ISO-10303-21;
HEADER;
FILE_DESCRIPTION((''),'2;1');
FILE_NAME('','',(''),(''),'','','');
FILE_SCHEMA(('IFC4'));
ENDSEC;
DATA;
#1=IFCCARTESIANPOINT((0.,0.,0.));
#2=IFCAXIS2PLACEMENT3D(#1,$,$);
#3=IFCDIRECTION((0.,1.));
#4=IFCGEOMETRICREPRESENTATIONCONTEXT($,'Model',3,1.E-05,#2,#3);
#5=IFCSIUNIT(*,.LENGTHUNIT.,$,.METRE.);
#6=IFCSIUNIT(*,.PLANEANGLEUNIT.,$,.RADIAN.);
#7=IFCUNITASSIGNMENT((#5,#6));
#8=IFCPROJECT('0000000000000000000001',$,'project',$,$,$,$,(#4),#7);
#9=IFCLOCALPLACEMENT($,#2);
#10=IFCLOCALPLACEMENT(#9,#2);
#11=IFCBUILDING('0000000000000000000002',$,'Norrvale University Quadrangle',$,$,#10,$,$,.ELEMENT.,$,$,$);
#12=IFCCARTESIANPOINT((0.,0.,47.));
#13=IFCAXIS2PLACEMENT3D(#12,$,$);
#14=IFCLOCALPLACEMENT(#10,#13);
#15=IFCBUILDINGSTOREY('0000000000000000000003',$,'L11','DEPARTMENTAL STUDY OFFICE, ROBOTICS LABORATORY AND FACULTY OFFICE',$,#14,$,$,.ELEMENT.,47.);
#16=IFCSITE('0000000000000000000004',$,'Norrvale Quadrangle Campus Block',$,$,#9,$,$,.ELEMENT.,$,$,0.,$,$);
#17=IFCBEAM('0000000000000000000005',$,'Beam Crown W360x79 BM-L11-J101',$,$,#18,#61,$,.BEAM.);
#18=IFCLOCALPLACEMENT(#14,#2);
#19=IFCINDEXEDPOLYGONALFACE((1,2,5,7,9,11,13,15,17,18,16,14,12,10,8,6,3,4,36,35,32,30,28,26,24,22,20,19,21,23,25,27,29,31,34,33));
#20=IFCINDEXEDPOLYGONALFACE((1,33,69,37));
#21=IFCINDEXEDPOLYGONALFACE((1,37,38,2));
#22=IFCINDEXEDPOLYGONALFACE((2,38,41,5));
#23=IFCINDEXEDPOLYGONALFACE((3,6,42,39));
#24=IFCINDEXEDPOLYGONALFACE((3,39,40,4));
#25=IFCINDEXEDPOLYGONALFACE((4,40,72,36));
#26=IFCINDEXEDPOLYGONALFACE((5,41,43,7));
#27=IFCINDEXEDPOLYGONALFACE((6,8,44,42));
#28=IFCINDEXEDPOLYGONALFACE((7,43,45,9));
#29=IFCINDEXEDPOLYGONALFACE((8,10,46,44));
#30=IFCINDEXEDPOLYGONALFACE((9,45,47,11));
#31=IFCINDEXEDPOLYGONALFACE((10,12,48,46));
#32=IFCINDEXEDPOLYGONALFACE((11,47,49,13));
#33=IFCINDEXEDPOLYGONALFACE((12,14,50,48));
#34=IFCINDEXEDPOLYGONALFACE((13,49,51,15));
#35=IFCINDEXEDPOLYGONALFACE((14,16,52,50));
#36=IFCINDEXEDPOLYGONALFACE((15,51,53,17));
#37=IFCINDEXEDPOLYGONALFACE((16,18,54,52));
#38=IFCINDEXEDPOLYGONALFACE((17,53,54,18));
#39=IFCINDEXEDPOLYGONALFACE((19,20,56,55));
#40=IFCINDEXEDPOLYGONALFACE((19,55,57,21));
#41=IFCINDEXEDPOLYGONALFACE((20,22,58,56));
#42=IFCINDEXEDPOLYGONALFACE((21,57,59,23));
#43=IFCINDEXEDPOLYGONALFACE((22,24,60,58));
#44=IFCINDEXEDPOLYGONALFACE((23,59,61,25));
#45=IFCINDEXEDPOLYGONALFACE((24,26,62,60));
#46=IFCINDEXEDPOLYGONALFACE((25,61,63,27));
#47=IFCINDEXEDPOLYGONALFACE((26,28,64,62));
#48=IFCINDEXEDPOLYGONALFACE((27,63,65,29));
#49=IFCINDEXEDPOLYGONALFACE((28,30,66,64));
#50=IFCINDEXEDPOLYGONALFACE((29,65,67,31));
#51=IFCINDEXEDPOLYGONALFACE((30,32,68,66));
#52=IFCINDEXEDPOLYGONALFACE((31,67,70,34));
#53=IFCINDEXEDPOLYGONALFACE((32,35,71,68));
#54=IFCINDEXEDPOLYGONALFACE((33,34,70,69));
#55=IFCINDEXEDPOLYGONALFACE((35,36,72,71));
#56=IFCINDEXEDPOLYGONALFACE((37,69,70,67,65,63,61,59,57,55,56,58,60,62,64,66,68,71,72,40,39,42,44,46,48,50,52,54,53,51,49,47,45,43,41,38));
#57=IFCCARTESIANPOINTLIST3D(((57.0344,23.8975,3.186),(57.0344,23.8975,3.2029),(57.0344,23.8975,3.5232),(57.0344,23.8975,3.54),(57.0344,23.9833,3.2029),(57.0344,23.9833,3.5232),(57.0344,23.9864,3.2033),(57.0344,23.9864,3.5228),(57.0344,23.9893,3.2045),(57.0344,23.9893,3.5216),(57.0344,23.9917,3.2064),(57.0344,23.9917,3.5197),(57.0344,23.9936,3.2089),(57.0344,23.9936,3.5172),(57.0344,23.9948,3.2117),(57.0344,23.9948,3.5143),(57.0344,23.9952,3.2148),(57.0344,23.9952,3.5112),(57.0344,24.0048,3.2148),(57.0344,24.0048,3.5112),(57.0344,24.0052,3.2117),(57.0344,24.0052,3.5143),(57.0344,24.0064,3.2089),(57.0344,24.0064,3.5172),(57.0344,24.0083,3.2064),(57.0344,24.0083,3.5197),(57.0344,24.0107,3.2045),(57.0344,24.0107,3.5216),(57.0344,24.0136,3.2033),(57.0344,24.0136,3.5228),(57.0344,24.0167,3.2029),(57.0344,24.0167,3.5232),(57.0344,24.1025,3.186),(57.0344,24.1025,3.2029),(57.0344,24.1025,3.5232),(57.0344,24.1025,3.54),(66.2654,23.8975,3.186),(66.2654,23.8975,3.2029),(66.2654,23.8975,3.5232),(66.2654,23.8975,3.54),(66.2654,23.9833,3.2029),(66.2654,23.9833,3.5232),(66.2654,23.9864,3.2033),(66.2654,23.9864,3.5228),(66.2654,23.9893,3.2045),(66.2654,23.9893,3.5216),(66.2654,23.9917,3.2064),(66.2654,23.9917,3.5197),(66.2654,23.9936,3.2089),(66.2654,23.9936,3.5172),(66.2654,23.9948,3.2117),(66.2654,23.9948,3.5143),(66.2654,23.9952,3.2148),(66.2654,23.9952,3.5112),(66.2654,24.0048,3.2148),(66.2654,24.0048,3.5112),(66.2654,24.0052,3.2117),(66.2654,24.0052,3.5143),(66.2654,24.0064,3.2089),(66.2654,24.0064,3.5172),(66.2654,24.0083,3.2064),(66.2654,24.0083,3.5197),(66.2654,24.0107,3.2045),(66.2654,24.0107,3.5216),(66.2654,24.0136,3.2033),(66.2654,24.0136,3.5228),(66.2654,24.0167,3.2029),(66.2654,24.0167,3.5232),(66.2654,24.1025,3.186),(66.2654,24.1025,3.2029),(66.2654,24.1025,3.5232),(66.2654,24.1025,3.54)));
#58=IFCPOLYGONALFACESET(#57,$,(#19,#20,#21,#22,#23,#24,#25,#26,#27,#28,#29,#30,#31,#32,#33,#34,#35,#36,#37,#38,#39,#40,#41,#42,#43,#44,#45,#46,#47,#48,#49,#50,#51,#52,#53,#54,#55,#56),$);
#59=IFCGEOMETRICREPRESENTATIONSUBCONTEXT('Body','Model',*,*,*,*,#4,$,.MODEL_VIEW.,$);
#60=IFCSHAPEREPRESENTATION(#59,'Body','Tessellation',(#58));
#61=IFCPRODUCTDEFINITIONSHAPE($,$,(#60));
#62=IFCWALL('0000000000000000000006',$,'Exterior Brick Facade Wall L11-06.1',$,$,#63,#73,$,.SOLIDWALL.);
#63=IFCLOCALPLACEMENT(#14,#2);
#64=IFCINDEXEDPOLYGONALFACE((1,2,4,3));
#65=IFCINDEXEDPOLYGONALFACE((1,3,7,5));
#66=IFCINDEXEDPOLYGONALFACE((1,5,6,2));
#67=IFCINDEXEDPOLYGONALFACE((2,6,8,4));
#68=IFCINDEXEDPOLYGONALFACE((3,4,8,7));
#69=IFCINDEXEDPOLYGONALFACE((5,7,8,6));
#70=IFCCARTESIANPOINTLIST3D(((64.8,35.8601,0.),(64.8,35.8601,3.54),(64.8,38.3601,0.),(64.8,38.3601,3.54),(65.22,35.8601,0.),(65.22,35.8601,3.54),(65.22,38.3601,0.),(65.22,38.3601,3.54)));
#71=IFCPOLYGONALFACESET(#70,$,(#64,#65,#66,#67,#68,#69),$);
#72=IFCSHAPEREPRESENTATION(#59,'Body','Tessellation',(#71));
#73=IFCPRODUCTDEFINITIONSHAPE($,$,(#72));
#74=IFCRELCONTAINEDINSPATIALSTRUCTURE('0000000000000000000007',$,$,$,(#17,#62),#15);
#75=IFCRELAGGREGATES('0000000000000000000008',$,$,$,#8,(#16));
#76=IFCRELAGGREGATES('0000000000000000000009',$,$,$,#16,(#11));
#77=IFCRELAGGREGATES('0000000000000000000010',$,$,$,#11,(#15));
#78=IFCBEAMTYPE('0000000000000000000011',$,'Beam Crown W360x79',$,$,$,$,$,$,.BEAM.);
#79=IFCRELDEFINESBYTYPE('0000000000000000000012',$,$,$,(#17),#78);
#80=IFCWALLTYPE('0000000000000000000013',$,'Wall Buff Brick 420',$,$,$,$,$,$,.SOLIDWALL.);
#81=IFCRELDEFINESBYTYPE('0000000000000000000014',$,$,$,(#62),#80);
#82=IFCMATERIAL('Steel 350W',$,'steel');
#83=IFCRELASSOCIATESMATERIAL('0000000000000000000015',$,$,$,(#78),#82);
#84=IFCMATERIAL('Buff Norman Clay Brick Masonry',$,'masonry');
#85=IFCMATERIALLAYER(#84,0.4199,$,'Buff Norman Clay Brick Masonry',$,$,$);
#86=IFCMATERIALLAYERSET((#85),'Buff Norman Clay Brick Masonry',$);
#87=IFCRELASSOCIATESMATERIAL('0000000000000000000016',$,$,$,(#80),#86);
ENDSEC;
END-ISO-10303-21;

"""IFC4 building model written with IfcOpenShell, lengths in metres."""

from ifc_helpers import new_model, si_unit, direction, frame, frame_2d, origin, origin_2d, place, context, subcontext, project, spatial, rectangle, i_section, extrude, material, layer, layer_set, material_profile, profile_set, type_object, element, save


model = new_model("IFC4")

# Units and contexts
model_context = context("Model", 3, precision=1e-05, world=origin(), true_north=direction((0.0, 1.0)))
body_context = subcontext(model_context, "Body", "Model", "MODEL_VIEW")
ifc_project = project(units=[si_unit("LENGTHUNIT", "METRE"), si_unit("PLANEANGLEUNIT", "RADIAN")], contexts=[model_context])

# Site, building, storey
site_placement = place(None, origin())
site = spatial("IfcSite", under=ifc_project, at=site_placement, Name="Norrvale Quadrangle Campus Block", CompositionType="ELEMENT", RefElevation=0.0)
building_placement = place(site_placement, origin())
building = spatial("IfcBuilding", under=site, at=building_placement, Name="Norrvale University Quadrangle", CompositionType="ELEMENT")
storey_placement = place(building_placement, frame((0.0, 0.0, 47.0)))
storey = spatial("IfcBuildingStorey", under=building, at=storey_placement, Name="L11", Description="DEPARTMENTAL STUDY OFFICE, ROBOTICS LABORATORY AND FACULTY OFFICE", CompositionType="ELEMENT", Elevation=47.0)

# Beam
ifc_material_1 = material(Name="Steel 350W", Category="steel")
ifc_material_profile_1 = material_profile(ifc_material_1, i_section(OverallWidth=0.2051, OverallDepth=0.354, WebThickness=0.0095, FlangeThickness=0.0168, FilletRadius=0.012, at=origin_2d()), Name="Steel 350W")
ifc_profile_set_1 = profile_set([ifc_material_profile_1], Name="Steel 350W")
beam_type_1 = type_object("IfcBeamType", Name="Beam Crown W360x79", PredefinedType="BEAM", material=ifc_profile_set_1)
for number, where, z_axis, x_axis, name in (
    (1, (57.0344, 24.0, 3.363), (1.0, 0.0, 0.0), (0.0, 1.0, 0.0), "Beam Crown W360x79 BM-L11-J101"),
):
    element("IfcBeam", number, at=place(storey_placement, frame(where, z_axis=z_axis, x_axis=x_axis)), inside=storey, type_object=beam_type_1, Name=name, PredefinedType="BEAM", context=body_context, shape_type="SweptSolid", body=[
        extrude(i_section(OverallWidth=0.2051, OverallDepth=0.354, WebThickness=0.0095, FlangeThickness=0.0168, FilletRadius=0.012, at=origin_2d()), origin(), (0.0, 0.0, 1.0), 9.231),
    ])

# Wall
ifc_material_2 = material(Name="Buff Norman Clay Brick Masonry", Category="masonry")
ifc_layer = layer(ifc_material_2, 0.4199, Name="Buff Norman Clay Brick Masonry")
ifc_layer_set = layer_set([ifc_layer], Name="Buff Norman Clay Brick Masonry")
wall_type = type_object("IfcWallType", Name="Wall Buff Brick 420", PredefinedType="SOLIDWALL", material=ifc_layer_set)
wall_placement = place(storey_placement, frame((65.01, 35.8601, 0.0), z_axis=(0.0, 0.0, 1.0), x_axis=(0.0, 1.0, 0.0)))
element("IfcWall", 2, at=wall_placement, inside=storey, type_object=wall_type, Name="Exterior Brick Facade Wall L11-06.1", PredefinedType="SOLIDWALL", context=body_context, shape_type="SweptSolid", body=[
    extrude(rectangle(XDim=2.5, YDim=0.4199, at=frame_2d((1.25, 0.0))), origin(), (0.0, 0.0, 1.0), 3.54),
])

save(model, "model.ifc")
